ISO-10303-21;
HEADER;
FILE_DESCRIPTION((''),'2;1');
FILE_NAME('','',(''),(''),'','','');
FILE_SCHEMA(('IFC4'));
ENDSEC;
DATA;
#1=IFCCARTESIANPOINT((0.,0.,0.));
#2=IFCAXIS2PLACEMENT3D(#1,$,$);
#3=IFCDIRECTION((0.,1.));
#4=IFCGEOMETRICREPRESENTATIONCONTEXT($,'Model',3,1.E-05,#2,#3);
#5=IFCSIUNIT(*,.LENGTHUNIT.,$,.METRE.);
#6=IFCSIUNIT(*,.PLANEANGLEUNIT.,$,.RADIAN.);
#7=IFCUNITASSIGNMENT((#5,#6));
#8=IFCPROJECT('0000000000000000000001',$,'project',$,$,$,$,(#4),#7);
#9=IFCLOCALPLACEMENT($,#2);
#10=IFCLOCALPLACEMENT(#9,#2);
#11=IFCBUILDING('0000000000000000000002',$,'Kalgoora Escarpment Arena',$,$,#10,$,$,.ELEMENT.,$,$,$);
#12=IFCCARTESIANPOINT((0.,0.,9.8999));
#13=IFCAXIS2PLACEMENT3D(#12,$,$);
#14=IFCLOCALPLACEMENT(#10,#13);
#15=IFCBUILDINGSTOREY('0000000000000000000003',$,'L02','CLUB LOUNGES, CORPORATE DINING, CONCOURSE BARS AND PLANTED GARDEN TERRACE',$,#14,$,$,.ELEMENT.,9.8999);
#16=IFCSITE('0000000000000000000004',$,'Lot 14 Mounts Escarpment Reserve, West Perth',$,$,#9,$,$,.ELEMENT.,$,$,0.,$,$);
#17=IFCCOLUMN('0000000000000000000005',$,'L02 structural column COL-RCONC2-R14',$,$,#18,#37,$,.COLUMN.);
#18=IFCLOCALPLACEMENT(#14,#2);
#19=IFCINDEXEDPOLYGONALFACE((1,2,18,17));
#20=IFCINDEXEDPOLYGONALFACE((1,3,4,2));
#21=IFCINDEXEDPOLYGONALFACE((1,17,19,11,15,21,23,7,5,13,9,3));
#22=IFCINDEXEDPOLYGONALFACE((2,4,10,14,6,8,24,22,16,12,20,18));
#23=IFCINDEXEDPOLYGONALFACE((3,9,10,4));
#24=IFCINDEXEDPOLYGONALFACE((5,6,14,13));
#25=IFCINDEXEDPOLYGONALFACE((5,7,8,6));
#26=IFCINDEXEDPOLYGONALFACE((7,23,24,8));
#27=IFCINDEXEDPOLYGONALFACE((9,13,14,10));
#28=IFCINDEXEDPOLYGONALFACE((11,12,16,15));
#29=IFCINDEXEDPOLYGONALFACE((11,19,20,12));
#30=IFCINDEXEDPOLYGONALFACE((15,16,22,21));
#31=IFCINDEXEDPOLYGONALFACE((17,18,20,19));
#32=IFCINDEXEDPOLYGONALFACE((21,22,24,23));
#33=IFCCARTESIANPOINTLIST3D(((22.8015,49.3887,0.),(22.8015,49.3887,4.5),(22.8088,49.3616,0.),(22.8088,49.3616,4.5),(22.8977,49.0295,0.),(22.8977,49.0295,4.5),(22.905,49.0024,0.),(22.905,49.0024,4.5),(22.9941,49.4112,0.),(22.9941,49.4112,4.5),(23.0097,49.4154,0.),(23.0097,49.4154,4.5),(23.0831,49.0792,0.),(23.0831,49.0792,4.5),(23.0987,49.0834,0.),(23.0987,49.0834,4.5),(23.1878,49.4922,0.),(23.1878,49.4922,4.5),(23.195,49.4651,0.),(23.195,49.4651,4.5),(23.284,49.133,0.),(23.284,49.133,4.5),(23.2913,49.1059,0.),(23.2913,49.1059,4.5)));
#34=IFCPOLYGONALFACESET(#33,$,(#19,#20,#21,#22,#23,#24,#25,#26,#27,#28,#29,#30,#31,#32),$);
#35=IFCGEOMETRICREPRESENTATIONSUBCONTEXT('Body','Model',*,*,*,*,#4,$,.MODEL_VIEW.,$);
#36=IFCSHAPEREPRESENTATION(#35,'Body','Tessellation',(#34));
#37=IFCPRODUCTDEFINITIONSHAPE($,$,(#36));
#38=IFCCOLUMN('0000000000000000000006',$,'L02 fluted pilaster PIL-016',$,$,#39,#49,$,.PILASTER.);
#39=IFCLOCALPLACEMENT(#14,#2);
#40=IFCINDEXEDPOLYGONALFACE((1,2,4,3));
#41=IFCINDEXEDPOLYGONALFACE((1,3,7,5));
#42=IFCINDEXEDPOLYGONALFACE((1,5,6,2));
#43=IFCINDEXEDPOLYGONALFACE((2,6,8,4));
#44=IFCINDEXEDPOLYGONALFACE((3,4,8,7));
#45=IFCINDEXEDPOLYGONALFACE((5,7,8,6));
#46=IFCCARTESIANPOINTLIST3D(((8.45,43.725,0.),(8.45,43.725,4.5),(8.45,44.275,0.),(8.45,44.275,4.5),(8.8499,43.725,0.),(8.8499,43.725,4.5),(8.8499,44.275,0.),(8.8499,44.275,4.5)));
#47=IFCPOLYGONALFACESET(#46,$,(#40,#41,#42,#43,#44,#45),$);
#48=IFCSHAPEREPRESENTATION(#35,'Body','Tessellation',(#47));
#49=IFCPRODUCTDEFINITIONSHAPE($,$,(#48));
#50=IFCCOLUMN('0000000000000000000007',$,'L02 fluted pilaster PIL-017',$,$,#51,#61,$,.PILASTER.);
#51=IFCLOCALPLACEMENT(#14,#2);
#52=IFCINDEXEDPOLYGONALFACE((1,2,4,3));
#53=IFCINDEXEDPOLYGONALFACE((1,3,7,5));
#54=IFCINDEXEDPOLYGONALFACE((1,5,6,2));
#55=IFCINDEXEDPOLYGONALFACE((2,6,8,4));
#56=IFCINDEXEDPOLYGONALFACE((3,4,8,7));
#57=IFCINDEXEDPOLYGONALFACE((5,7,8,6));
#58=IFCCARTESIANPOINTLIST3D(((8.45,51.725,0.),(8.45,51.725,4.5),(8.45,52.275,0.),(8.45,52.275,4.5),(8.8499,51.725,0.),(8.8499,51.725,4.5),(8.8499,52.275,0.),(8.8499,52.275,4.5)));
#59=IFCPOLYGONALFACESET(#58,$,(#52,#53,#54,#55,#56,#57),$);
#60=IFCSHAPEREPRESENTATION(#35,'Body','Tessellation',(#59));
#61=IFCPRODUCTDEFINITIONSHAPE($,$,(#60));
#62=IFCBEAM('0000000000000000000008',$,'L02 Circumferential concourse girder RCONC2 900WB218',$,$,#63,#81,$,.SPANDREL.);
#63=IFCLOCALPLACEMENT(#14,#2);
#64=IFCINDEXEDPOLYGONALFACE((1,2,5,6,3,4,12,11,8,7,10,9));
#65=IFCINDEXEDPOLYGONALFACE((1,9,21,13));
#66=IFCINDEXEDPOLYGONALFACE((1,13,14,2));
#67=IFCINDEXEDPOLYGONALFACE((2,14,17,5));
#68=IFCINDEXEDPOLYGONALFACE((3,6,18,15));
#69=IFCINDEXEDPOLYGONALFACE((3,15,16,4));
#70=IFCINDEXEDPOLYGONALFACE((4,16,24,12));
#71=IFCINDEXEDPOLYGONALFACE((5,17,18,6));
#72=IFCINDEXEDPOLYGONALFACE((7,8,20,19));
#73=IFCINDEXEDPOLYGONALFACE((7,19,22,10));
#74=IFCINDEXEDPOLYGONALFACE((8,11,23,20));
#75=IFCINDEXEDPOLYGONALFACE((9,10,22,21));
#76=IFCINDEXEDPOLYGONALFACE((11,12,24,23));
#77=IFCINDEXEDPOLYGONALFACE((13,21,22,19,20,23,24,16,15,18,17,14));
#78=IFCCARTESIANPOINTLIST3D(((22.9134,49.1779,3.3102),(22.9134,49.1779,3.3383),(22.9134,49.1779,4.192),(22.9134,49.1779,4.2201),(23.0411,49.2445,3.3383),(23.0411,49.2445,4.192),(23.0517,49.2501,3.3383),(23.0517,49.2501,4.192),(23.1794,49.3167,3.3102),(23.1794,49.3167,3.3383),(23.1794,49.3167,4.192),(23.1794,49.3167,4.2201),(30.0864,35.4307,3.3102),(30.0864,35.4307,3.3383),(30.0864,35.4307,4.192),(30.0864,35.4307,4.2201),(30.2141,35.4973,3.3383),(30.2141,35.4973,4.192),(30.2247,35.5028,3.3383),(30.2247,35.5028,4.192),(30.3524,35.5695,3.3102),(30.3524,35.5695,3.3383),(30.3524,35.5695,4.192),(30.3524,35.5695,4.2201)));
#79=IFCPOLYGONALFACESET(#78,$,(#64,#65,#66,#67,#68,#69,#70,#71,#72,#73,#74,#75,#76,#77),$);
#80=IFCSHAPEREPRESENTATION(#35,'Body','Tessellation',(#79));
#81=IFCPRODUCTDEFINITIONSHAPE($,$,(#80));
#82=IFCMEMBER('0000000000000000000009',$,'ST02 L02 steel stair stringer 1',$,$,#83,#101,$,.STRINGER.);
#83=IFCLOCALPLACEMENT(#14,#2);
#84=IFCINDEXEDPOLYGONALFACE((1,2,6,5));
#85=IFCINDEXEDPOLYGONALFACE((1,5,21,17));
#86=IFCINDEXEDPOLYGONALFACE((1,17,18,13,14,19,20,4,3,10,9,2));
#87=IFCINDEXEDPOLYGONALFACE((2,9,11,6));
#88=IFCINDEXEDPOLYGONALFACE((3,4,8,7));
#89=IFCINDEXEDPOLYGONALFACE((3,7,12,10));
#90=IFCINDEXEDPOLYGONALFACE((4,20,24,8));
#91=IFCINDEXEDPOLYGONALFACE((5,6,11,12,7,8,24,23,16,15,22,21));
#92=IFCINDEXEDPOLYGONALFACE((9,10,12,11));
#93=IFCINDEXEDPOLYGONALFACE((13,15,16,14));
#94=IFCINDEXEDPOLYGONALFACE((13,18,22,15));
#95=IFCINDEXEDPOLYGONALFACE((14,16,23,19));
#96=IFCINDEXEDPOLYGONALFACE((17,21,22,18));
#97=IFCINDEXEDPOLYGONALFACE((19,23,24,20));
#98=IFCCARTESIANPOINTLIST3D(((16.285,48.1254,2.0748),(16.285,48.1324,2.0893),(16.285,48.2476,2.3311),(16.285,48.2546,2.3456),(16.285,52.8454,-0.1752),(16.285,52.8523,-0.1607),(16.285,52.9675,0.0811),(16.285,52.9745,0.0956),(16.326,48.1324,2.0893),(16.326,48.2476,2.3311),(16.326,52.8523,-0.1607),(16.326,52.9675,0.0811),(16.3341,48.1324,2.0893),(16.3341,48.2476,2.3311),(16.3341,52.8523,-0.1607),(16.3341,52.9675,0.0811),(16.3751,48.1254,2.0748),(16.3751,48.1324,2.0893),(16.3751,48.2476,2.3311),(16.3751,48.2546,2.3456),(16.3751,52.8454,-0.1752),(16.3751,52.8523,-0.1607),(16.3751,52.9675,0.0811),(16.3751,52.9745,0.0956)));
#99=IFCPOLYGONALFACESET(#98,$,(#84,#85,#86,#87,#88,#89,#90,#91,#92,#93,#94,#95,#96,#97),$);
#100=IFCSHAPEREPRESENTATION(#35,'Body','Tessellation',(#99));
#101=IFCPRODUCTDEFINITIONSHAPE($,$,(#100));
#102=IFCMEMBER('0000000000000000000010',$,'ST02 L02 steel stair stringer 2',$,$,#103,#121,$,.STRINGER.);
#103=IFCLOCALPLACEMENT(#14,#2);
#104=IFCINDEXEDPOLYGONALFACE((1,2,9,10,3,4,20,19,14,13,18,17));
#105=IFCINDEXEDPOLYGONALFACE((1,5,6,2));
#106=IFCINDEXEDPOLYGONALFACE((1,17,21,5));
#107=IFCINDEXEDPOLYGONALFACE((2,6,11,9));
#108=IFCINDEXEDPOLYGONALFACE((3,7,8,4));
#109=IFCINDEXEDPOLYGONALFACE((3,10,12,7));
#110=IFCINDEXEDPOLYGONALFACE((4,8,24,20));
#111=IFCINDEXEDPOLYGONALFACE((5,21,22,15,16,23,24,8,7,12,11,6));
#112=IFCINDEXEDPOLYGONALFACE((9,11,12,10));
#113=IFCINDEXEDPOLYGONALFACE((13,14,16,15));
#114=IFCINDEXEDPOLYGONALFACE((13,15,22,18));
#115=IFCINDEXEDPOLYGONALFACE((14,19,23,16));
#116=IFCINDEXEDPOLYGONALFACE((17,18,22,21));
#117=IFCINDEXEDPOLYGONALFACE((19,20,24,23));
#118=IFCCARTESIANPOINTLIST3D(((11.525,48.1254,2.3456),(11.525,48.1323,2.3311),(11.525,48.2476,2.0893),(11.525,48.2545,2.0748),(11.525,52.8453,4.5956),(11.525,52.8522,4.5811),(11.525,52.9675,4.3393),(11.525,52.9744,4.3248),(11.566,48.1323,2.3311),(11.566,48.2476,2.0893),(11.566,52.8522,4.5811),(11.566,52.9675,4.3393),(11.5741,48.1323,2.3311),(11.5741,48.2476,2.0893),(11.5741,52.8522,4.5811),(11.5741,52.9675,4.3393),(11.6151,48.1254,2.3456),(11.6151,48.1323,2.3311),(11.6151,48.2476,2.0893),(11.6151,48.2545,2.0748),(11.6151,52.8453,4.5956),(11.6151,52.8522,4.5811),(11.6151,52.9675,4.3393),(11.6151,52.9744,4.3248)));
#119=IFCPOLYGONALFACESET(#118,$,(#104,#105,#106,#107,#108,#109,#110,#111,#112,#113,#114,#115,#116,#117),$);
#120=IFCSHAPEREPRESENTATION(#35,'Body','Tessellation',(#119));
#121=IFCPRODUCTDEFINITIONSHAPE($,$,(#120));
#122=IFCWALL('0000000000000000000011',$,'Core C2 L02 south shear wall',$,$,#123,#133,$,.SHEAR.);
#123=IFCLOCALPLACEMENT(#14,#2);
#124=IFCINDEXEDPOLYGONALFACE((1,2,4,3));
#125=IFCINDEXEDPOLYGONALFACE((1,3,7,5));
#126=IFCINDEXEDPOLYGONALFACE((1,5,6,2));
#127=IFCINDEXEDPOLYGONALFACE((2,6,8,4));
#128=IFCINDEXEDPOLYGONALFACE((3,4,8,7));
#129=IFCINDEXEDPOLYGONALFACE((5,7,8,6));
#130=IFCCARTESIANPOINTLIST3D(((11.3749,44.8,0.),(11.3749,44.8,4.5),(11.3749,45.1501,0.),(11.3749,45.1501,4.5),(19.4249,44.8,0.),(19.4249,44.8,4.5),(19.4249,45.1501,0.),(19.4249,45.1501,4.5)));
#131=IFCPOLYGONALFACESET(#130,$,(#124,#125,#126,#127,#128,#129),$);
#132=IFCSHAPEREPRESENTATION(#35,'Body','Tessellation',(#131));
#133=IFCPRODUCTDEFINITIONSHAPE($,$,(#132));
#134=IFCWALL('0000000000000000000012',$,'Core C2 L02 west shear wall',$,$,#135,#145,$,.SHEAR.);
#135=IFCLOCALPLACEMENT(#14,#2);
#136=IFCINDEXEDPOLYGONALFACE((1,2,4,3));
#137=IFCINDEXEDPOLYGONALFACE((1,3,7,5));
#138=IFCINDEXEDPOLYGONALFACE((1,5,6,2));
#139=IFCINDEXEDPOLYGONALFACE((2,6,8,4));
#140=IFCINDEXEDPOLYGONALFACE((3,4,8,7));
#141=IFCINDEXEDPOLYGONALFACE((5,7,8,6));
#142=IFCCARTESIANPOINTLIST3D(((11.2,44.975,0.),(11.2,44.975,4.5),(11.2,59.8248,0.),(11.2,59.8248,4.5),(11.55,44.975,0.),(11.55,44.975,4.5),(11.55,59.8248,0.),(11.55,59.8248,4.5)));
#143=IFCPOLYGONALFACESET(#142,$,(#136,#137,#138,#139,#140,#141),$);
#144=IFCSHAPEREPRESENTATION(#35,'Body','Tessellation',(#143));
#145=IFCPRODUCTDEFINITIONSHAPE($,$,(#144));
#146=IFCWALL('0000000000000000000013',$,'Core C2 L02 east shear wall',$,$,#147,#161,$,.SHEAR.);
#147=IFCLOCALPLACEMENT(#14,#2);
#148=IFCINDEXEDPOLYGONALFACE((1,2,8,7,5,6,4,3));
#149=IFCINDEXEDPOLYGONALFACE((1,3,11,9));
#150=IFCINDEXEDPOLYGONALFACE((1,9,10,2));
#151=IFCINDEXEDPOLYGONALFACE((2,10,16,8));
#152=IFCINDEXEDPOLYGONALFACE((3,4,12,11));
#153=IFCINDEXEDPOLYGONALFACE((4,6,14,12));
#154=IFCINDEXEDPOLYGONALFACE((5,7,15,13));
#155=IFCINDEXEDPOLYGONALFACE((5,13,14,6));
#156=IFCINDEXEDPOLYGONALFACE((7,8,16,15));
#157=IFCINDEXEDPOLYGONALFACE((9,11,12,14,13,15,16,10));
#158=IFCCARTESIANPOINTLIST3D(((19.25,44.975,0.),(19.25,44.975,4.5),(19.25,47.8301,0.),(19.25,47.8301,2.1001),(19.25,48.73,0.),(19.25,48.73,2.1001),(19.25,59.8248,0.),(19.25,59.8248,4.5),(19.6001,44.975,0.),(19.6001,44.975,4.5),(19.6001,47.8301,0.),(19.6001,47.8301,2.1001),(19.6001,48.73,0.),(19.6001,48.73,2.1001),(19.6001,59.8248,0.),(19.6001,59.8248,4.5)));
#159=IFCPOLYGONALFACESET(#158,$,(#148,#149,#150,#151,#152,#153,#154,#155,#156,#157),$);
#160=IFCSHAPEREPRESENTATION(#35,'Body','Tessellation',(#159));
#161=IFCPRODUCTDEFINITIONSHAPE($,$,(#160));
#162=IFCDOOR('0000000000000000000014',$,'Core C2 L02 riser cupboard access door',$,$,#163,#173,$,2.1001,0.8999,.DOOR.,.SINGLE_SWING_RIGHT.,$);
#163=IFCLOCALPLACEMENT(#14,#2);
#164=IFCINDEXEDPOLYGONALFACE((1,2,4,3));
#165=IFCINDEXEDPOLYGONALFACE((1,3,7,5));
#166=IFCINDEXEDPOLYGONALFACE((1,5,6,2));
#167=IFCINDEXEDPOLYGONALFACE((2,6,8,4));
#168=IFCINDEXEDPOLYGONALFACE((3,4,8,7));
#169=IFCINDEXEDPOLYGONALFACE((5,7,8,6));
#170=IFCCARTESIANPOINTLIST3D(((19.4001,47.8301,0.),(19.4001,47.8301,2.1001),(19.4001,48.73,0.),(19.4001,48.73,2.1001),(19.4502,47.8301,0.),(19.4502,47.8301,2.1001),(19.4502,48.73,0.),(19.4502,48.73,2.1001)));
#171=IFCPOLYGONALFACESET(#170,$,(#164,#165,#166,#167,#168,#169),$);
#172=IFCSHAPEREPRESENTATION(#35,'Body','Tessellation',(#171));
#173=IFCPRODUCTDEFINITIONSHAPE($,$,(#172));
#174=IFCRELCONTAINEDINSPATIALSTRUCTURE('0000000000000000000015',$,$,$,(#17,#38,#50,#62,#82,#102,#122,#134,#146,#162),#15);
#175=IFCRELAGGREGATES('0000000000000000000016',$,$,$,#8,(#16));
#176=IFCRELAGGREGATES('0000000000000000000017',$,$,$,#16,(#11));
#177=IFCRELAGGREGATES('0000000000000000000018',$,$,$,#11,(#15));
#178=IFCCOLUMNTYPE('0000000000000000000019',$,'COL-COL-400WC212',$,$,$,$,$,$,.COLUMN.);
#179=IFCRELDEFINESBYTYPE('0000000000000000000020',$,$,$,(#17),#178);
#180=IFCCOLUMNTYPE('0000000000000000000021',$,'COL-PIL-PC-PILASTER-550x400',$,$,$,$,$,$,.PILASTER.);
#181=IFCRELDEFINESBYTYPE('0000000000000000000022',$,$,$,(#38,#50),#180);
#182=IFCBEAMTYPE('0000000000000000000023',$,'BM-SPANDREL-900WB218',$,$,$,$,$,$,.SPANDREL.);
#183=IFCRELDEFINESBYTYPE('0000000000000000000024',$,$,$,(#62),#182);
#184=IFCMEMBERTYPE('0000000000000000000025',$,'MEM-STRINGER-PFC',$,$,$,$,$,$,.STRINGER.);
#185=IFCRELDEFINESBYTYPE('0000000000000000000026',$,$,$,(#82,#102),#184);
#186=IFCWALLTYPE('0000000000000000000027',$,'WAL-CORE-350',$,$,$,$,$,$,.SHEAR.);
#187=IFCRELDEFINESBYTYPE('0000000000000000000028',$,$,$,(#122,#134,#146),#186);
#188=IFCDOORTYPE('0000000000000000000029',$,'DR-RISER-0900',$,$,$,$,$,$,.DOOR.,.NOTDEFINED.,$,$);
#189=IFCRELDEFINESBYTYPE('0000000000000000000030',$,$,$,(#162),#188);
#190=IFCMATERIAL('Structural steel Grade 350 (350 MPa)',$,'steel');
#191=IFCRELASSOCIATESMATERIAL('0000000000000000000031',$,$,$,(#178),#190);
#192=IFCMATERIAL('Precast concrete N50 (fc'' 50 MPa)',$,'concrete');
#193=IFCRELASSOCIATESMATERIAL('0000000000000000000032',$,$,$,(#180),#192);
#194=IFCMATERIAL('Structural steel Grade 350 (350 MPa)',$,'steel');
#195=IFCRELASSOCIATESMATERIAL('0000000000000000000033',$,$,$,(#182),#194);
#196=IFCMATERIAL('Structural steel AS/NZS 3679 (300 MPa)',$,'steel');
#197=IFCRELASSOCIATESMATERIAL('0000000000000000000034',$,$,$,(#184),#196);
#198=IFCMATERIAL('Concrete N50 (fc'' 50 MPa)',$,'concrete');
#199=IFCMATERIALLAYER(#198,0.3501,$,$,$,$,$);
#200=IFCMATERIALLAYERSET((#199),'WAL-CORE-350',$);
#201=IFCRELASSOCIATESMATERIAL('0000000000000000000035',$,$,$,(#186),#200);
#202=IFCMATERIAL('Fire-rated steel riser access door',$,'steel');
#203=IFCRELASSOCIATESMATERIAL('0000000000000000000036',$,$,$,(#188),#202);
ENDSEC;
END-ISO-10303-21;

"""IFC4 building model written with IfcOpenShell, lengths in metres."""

from ifc_helpers import new_model, si_unit, direction, frame, frame_2d, origin, origin_2d, place, context, subcontext, project, spatial, rectangle, i_section, extrude, material, layer, layer_set, material_profile, profile_set, type_object, element, fill, save


model = new_model("IFC4")

# Units and contexts
model_context = context("Model", 3, precision=1e-05, world=origin(), true_north=direction((0.0, 1.0)))
body_context = subcontext(model_context, "Body", "Model", "MODEL_VIEW")
ifc_project = project(units=[si_unit("LENGTHUNIT", "METRE"), si_unit("PLANEANGLEUNIT", "RADIAN")], contexts=[model_context])

# Site, building, storey
site_placement = place(None, origin())
site = spatial("IfcSite", under=ifc_project, at=site_placement, Name="Lot 14 Mounts Escarpment Reserve, West Perth", CompositionType="ELEMENT", RefElevation=0.0)
building_placement = place(site_placement, origin())
building = spatial("IfcBuilding", under=site, at=building_placement, Name="Kalgoora Escarpment Arena", CompositionType="ELEMENT")
storey_placement = place(building_placement, frame((0.0, 0.0, 9.8999)))
storey = spatial("IfcBuildingStorey", under=building, at=storey_placement, Name="L02", Description="CLUB LOUNGES, CORPORATE DINING, CONCOURSE BARS AND PLANTED GARDEN TERRACE", CompositionType="ELEMENT", Elevation=9.8999)

# Columns
ifc_material_1 = material(Name="Structural steel Grade 350 (350 MPa)", Category="steel")
ifc_material_profile_1 = material_profile(ifc_material_1, i_section(OverallWidth=0.3999, OverallDepth=0.3999, WebThickness=0.0161, FlangeThickness=0.0281, at=origin_2d()))
ifc_profile_set_1 = profile_set([ifc_material_profile_1], Name="Structural steel Grade 350 (350 MPa)")
column_type_1 = type_object("IfcColumnType", Name="COL-COL-400WC212", PredefinedType="COLUMN", material=ifc_profile_set_1)
column_placement = place(storey_placement, frame((23.0464, 49.2473, 0.0), z_axis=(0.0, 0.0, 1.0), x_axis=(-0.965926, -0.258819, 0.0)))
element("IfcColumn", 1, at=column_placement, inside=storey, type_object=column_type_1, Name="L02 structural column COL-RCONC2-R14", PredefinedType="COLUMN", context=body_context, shape_type="SweptSolid", body=[
    extrude(i_section(OverallWidth=0.3999, OverallDepth=0.3999, WebThickness=0.0161, FlangeThickness=0.0281, at=origin_2d()), origin(), (0.0, 0.0, 1.0), 4.5),
])
ifc_material_2 = material(Name="Precast concrete N50 (fc' 50 MPa)", Category="concrete")
ifc_material_profile_2 = material_profile(ifc_material_2, rectangle(XDim=0.3999, YDim=0.55, at=origin_2d()))
ifc_profile_set_2 = profile_set([ifc_material_profile_2], Name="Precast concrete N50 (fc' 50 MPa)")
column_type_2 = type_object("IfcColumnType", Name="COL-PIL-PC-PILASTER-550x400", PredefinedType="PILASTER", material=ifc_profile_set_2)
for number, where, z_axis, x_axis, name in (
    (2, (8.6499, 44.0, 0.0), (0.0, 0.0, 1.0), (1.0, 0.0, 0.0), "L02 fluted pilaster PIL-016"),
    (3, (8.6499, 52.0, 0.0), (0.0, 0.0, 1.0), (1.0, 0.0, 0.0), "L02 fluted pilaster PIL-017"),
):
    element("IfcColumn", number, at=place(storey_placement, frame(where, z_axis=z_axis, x_axis=x_axis)), inside=storey, type_object=column_type_2, Name=name, PredefinedType="PILASTER", context=body_context, shape_type="SweptSolid", body=[
        extrude(rectangle(XDim=0.3999, YDim=0.55, at=origin_2d()), origin(), (0.0, 0.0, 1.0), 4.5),
    ])

# Beam
ifc_material_3 = material(Name="Structural steel Grade 350 (350 MPa)", Category="steel")
ifc_material_profile_3 = material_profile(ifc_material_3, i_section(OverallWidth=0.3, OverallDepth=0.9099, WebThickness=0.012, FlangeThickness=0.0281, at=origin_2d()))
ifc_profile_set_3 = profile_set([ifc_material_profile_3], Name="Structural steel Grade 350 (350 MPa)")
beam_type = type_object("IfcBeamType", Name="BM-SPANDREL-900WB218", PredefinedType="SPANDREL", material=ifc_profile_set_3)
beam_placement = place(storey_placement, frame((23.0464, 49.2473, 3.7651), z_axis=(0.462596, -0.886569, 0.0), x_axis=(0.886569, 0.462596, 0.0)))
element("IfcBeam", 4, at=beam_placement, inside=storey, type_object=beam_type, Name="L02 Circumferential concourse girder RCONC2 900WB218", PredefinedType="SPANDREL", context=body_context, shape_type="SweptSolid", body=[
    extrude(i_section(OverallWidth=0.3, OverallDepth=0.9099, WebThickness=0.012, FlangeThickness=0.0281, at=origin_2d()), origin(), (0.0, 0.0, 1.0), 15.5061),
])

# Members
ifc_material_4 = material(Name="Structural steel AS/NZS 3679 (300 MPa)", Category="steel")
ifc_material_profile_4 = material_profile(ifc_material_4, i_section(OverallWidth=0.0901, OverallDepth=0.3, WebThickness=0.0081, FlangeThickness=0.0161, at=origin_2d()))
ifc_profile_set_4 = profile_set([ifc_material_profile_4], Name="Structural steel AS/NZS 3679 (300 MPa)")
member_type = type_object("IfcMemberType", Name="MEM-STRINGER-PFC", PredefinedType="STRINGER", material=ifc_profile_set_4)
for number, where, z_axis, x_axis, name in (
    (5, (16.3301, 52.9099, -0.0398), (0.0, -0.902683, 0.430307), (1.0, 0.0, 0.0), "ST02 L02 steel stair stringer 1"),
    (6, (11.5701, 48.1899, 2.2102), (0.0, 0.902683, 0.430307), (-1.0, 0.0, 0.0), "ST02 L02 steel stair stringer 2"),
):
    element("IfcMember", number, at=place(storey_placement, frame(where, z_axis=z_axis, x_axis=x_axis)), inside=storey, type_object=member_type, Name=name, PredefinedType="STRINGER", context=body_context, shape_type="SweptSolid", body=[
        extrude(i_section(OverallWidth=0.0901, OverallDepth=0.3, WebThickness=0.0081, FlangeThickness=0.0161, at=origin_2d()), origin(), (0.0, 0.0, 1.0), 5.2288),
    ])

# Walls
ifc_material_5 = material(Name="Concrete N50 (fc' 50 MPa)", Category="concrete")
ifc_layer_1 = layer(ifc_material_5, 0.3501)
ifc_layer_set_1 = layer_set([ifc_layer_1], Name="WAL-CORE-350")
wall_type_1 = type_object("IfcWallType", Name="WAL-CORE-350", PredefinedType="SHEAR", material=ifc_layer_set_1)
wall_1_placement = place(storey_placement, frame((11.375, 44.9751, 0.0), z_axis=(0.0, 0.0, 1.0), x_axis=(1.0, 0.0, 0.0)))
element("IfcWall", 7, at=wall_1_placement, inside=storey, type_object=wall_type_1, Name="Core C2 L02 south shear wall", PredefinedType="SHEAR", context=body_context, shape_type="SweptSolid", body=[
    extrude(rectangle(XDim=8.05, YDim=0.3501, at=frame_2d((4.0249, 0.0))), origin(), (0.0, 0.0, 1.0), 4.5),
])
wall_2_placement = place(storey_placement, frame((11.375, 44.9751, 0.0), z_axis=(0.0, 0.0, 1.0), x_axis=(0.0, 1.0, 0.0)))
element("IfcWall", 8, at=wall_2_placement, inside=storey, type_object=wall_type_1, Name="Core C2 L02 west shear wall", PredefinedType="SHEAR", context=body_context, shape_type="SweptSolid", body=[
    extrude(rectangle(XDim=14.8499, YDim=0.3501, at=frame_2d((7.4248, 0.0))), origin(), (0.0, 0.0, 1.0), 4.5),
])

# Wall, opening, door
wall_3_placement = place(storey_placement, frame((19.425, 44.9751, 0.0), z_axis=(0.0, 0.0, 1.0), x_axis=(0.0, 1.0, 0.0)))
wall_3 = element("IfcWall", 9, at=wall_3_placement, inside=storey, type_object=wall_type_1, Name="Core C2 L02 east shear wall", PredefinedType="SHEAR", context=body_context, shape_type="SweptSolid", body=[
    extrude(rectangle(XDim=14.8499, YDim=0.3501, at=frame_2d((7.4248, 0.0))), origin(), (0.0, 0.0, 1.0), 4.5),
])
opening_1_placement = place(wall_3_placement, frame((2.855, 0.0, 0.0)))
opening_1 = element("IfcOpeningElement", 10, at=opening_1_placement, cuts=wall_3, PredefinedType="OPENING", context=body_context, shape_type="SweptSolid", body=[
    extrude(rectangle(XDim=0.8999, YDim=2.1001, at=frame_2d((0.45, 1.05))), frame((0.0, 0.1851, 0.0), z_axis=(0.0, -1.0, 0.0), x_axis=(1.0, 0.0, 0.0)), (0.0, 0.0, 1.0), 0.3701),
])
ifc_material_6 = material(Name="Fire-rated steel riser access door", Category="steel")
door_type_1 = type_object("IfcDoorType", Name="DR-RISER-0900", OperationType="NOTDEFINED", PredefinedType="DOOR", material=ifc_material_6)
door_1_placement = place(opening_1_placement, origin())
door_1 = element("IfcDoor", 11, at=door_1_placement, inside=storey, type_object=door_type_1, Name="Core C2 L02 riser cupboard access door", OperationType="SINGLE_SWING_RIGHT", OverallHeight=2.1001, OverallWidth=0.8999, PredefinedType="DOOR", context=body_context, shape_type="SweptSolid", body=[
    extrude(rectangle(XDim=0.8999, YDim=2.1001, at=frame_2d((0.45, 1.05))), frame((0.0, 0.0249, 0.0), z_axis=(0.0, -1.0, 0.0), x_axis=(1.0, 0.0, 0.0)), (0.0, 0.0, 1.0), 0.05),
])
fill(opening_1, door_1)

save(model, "model.ifc")
